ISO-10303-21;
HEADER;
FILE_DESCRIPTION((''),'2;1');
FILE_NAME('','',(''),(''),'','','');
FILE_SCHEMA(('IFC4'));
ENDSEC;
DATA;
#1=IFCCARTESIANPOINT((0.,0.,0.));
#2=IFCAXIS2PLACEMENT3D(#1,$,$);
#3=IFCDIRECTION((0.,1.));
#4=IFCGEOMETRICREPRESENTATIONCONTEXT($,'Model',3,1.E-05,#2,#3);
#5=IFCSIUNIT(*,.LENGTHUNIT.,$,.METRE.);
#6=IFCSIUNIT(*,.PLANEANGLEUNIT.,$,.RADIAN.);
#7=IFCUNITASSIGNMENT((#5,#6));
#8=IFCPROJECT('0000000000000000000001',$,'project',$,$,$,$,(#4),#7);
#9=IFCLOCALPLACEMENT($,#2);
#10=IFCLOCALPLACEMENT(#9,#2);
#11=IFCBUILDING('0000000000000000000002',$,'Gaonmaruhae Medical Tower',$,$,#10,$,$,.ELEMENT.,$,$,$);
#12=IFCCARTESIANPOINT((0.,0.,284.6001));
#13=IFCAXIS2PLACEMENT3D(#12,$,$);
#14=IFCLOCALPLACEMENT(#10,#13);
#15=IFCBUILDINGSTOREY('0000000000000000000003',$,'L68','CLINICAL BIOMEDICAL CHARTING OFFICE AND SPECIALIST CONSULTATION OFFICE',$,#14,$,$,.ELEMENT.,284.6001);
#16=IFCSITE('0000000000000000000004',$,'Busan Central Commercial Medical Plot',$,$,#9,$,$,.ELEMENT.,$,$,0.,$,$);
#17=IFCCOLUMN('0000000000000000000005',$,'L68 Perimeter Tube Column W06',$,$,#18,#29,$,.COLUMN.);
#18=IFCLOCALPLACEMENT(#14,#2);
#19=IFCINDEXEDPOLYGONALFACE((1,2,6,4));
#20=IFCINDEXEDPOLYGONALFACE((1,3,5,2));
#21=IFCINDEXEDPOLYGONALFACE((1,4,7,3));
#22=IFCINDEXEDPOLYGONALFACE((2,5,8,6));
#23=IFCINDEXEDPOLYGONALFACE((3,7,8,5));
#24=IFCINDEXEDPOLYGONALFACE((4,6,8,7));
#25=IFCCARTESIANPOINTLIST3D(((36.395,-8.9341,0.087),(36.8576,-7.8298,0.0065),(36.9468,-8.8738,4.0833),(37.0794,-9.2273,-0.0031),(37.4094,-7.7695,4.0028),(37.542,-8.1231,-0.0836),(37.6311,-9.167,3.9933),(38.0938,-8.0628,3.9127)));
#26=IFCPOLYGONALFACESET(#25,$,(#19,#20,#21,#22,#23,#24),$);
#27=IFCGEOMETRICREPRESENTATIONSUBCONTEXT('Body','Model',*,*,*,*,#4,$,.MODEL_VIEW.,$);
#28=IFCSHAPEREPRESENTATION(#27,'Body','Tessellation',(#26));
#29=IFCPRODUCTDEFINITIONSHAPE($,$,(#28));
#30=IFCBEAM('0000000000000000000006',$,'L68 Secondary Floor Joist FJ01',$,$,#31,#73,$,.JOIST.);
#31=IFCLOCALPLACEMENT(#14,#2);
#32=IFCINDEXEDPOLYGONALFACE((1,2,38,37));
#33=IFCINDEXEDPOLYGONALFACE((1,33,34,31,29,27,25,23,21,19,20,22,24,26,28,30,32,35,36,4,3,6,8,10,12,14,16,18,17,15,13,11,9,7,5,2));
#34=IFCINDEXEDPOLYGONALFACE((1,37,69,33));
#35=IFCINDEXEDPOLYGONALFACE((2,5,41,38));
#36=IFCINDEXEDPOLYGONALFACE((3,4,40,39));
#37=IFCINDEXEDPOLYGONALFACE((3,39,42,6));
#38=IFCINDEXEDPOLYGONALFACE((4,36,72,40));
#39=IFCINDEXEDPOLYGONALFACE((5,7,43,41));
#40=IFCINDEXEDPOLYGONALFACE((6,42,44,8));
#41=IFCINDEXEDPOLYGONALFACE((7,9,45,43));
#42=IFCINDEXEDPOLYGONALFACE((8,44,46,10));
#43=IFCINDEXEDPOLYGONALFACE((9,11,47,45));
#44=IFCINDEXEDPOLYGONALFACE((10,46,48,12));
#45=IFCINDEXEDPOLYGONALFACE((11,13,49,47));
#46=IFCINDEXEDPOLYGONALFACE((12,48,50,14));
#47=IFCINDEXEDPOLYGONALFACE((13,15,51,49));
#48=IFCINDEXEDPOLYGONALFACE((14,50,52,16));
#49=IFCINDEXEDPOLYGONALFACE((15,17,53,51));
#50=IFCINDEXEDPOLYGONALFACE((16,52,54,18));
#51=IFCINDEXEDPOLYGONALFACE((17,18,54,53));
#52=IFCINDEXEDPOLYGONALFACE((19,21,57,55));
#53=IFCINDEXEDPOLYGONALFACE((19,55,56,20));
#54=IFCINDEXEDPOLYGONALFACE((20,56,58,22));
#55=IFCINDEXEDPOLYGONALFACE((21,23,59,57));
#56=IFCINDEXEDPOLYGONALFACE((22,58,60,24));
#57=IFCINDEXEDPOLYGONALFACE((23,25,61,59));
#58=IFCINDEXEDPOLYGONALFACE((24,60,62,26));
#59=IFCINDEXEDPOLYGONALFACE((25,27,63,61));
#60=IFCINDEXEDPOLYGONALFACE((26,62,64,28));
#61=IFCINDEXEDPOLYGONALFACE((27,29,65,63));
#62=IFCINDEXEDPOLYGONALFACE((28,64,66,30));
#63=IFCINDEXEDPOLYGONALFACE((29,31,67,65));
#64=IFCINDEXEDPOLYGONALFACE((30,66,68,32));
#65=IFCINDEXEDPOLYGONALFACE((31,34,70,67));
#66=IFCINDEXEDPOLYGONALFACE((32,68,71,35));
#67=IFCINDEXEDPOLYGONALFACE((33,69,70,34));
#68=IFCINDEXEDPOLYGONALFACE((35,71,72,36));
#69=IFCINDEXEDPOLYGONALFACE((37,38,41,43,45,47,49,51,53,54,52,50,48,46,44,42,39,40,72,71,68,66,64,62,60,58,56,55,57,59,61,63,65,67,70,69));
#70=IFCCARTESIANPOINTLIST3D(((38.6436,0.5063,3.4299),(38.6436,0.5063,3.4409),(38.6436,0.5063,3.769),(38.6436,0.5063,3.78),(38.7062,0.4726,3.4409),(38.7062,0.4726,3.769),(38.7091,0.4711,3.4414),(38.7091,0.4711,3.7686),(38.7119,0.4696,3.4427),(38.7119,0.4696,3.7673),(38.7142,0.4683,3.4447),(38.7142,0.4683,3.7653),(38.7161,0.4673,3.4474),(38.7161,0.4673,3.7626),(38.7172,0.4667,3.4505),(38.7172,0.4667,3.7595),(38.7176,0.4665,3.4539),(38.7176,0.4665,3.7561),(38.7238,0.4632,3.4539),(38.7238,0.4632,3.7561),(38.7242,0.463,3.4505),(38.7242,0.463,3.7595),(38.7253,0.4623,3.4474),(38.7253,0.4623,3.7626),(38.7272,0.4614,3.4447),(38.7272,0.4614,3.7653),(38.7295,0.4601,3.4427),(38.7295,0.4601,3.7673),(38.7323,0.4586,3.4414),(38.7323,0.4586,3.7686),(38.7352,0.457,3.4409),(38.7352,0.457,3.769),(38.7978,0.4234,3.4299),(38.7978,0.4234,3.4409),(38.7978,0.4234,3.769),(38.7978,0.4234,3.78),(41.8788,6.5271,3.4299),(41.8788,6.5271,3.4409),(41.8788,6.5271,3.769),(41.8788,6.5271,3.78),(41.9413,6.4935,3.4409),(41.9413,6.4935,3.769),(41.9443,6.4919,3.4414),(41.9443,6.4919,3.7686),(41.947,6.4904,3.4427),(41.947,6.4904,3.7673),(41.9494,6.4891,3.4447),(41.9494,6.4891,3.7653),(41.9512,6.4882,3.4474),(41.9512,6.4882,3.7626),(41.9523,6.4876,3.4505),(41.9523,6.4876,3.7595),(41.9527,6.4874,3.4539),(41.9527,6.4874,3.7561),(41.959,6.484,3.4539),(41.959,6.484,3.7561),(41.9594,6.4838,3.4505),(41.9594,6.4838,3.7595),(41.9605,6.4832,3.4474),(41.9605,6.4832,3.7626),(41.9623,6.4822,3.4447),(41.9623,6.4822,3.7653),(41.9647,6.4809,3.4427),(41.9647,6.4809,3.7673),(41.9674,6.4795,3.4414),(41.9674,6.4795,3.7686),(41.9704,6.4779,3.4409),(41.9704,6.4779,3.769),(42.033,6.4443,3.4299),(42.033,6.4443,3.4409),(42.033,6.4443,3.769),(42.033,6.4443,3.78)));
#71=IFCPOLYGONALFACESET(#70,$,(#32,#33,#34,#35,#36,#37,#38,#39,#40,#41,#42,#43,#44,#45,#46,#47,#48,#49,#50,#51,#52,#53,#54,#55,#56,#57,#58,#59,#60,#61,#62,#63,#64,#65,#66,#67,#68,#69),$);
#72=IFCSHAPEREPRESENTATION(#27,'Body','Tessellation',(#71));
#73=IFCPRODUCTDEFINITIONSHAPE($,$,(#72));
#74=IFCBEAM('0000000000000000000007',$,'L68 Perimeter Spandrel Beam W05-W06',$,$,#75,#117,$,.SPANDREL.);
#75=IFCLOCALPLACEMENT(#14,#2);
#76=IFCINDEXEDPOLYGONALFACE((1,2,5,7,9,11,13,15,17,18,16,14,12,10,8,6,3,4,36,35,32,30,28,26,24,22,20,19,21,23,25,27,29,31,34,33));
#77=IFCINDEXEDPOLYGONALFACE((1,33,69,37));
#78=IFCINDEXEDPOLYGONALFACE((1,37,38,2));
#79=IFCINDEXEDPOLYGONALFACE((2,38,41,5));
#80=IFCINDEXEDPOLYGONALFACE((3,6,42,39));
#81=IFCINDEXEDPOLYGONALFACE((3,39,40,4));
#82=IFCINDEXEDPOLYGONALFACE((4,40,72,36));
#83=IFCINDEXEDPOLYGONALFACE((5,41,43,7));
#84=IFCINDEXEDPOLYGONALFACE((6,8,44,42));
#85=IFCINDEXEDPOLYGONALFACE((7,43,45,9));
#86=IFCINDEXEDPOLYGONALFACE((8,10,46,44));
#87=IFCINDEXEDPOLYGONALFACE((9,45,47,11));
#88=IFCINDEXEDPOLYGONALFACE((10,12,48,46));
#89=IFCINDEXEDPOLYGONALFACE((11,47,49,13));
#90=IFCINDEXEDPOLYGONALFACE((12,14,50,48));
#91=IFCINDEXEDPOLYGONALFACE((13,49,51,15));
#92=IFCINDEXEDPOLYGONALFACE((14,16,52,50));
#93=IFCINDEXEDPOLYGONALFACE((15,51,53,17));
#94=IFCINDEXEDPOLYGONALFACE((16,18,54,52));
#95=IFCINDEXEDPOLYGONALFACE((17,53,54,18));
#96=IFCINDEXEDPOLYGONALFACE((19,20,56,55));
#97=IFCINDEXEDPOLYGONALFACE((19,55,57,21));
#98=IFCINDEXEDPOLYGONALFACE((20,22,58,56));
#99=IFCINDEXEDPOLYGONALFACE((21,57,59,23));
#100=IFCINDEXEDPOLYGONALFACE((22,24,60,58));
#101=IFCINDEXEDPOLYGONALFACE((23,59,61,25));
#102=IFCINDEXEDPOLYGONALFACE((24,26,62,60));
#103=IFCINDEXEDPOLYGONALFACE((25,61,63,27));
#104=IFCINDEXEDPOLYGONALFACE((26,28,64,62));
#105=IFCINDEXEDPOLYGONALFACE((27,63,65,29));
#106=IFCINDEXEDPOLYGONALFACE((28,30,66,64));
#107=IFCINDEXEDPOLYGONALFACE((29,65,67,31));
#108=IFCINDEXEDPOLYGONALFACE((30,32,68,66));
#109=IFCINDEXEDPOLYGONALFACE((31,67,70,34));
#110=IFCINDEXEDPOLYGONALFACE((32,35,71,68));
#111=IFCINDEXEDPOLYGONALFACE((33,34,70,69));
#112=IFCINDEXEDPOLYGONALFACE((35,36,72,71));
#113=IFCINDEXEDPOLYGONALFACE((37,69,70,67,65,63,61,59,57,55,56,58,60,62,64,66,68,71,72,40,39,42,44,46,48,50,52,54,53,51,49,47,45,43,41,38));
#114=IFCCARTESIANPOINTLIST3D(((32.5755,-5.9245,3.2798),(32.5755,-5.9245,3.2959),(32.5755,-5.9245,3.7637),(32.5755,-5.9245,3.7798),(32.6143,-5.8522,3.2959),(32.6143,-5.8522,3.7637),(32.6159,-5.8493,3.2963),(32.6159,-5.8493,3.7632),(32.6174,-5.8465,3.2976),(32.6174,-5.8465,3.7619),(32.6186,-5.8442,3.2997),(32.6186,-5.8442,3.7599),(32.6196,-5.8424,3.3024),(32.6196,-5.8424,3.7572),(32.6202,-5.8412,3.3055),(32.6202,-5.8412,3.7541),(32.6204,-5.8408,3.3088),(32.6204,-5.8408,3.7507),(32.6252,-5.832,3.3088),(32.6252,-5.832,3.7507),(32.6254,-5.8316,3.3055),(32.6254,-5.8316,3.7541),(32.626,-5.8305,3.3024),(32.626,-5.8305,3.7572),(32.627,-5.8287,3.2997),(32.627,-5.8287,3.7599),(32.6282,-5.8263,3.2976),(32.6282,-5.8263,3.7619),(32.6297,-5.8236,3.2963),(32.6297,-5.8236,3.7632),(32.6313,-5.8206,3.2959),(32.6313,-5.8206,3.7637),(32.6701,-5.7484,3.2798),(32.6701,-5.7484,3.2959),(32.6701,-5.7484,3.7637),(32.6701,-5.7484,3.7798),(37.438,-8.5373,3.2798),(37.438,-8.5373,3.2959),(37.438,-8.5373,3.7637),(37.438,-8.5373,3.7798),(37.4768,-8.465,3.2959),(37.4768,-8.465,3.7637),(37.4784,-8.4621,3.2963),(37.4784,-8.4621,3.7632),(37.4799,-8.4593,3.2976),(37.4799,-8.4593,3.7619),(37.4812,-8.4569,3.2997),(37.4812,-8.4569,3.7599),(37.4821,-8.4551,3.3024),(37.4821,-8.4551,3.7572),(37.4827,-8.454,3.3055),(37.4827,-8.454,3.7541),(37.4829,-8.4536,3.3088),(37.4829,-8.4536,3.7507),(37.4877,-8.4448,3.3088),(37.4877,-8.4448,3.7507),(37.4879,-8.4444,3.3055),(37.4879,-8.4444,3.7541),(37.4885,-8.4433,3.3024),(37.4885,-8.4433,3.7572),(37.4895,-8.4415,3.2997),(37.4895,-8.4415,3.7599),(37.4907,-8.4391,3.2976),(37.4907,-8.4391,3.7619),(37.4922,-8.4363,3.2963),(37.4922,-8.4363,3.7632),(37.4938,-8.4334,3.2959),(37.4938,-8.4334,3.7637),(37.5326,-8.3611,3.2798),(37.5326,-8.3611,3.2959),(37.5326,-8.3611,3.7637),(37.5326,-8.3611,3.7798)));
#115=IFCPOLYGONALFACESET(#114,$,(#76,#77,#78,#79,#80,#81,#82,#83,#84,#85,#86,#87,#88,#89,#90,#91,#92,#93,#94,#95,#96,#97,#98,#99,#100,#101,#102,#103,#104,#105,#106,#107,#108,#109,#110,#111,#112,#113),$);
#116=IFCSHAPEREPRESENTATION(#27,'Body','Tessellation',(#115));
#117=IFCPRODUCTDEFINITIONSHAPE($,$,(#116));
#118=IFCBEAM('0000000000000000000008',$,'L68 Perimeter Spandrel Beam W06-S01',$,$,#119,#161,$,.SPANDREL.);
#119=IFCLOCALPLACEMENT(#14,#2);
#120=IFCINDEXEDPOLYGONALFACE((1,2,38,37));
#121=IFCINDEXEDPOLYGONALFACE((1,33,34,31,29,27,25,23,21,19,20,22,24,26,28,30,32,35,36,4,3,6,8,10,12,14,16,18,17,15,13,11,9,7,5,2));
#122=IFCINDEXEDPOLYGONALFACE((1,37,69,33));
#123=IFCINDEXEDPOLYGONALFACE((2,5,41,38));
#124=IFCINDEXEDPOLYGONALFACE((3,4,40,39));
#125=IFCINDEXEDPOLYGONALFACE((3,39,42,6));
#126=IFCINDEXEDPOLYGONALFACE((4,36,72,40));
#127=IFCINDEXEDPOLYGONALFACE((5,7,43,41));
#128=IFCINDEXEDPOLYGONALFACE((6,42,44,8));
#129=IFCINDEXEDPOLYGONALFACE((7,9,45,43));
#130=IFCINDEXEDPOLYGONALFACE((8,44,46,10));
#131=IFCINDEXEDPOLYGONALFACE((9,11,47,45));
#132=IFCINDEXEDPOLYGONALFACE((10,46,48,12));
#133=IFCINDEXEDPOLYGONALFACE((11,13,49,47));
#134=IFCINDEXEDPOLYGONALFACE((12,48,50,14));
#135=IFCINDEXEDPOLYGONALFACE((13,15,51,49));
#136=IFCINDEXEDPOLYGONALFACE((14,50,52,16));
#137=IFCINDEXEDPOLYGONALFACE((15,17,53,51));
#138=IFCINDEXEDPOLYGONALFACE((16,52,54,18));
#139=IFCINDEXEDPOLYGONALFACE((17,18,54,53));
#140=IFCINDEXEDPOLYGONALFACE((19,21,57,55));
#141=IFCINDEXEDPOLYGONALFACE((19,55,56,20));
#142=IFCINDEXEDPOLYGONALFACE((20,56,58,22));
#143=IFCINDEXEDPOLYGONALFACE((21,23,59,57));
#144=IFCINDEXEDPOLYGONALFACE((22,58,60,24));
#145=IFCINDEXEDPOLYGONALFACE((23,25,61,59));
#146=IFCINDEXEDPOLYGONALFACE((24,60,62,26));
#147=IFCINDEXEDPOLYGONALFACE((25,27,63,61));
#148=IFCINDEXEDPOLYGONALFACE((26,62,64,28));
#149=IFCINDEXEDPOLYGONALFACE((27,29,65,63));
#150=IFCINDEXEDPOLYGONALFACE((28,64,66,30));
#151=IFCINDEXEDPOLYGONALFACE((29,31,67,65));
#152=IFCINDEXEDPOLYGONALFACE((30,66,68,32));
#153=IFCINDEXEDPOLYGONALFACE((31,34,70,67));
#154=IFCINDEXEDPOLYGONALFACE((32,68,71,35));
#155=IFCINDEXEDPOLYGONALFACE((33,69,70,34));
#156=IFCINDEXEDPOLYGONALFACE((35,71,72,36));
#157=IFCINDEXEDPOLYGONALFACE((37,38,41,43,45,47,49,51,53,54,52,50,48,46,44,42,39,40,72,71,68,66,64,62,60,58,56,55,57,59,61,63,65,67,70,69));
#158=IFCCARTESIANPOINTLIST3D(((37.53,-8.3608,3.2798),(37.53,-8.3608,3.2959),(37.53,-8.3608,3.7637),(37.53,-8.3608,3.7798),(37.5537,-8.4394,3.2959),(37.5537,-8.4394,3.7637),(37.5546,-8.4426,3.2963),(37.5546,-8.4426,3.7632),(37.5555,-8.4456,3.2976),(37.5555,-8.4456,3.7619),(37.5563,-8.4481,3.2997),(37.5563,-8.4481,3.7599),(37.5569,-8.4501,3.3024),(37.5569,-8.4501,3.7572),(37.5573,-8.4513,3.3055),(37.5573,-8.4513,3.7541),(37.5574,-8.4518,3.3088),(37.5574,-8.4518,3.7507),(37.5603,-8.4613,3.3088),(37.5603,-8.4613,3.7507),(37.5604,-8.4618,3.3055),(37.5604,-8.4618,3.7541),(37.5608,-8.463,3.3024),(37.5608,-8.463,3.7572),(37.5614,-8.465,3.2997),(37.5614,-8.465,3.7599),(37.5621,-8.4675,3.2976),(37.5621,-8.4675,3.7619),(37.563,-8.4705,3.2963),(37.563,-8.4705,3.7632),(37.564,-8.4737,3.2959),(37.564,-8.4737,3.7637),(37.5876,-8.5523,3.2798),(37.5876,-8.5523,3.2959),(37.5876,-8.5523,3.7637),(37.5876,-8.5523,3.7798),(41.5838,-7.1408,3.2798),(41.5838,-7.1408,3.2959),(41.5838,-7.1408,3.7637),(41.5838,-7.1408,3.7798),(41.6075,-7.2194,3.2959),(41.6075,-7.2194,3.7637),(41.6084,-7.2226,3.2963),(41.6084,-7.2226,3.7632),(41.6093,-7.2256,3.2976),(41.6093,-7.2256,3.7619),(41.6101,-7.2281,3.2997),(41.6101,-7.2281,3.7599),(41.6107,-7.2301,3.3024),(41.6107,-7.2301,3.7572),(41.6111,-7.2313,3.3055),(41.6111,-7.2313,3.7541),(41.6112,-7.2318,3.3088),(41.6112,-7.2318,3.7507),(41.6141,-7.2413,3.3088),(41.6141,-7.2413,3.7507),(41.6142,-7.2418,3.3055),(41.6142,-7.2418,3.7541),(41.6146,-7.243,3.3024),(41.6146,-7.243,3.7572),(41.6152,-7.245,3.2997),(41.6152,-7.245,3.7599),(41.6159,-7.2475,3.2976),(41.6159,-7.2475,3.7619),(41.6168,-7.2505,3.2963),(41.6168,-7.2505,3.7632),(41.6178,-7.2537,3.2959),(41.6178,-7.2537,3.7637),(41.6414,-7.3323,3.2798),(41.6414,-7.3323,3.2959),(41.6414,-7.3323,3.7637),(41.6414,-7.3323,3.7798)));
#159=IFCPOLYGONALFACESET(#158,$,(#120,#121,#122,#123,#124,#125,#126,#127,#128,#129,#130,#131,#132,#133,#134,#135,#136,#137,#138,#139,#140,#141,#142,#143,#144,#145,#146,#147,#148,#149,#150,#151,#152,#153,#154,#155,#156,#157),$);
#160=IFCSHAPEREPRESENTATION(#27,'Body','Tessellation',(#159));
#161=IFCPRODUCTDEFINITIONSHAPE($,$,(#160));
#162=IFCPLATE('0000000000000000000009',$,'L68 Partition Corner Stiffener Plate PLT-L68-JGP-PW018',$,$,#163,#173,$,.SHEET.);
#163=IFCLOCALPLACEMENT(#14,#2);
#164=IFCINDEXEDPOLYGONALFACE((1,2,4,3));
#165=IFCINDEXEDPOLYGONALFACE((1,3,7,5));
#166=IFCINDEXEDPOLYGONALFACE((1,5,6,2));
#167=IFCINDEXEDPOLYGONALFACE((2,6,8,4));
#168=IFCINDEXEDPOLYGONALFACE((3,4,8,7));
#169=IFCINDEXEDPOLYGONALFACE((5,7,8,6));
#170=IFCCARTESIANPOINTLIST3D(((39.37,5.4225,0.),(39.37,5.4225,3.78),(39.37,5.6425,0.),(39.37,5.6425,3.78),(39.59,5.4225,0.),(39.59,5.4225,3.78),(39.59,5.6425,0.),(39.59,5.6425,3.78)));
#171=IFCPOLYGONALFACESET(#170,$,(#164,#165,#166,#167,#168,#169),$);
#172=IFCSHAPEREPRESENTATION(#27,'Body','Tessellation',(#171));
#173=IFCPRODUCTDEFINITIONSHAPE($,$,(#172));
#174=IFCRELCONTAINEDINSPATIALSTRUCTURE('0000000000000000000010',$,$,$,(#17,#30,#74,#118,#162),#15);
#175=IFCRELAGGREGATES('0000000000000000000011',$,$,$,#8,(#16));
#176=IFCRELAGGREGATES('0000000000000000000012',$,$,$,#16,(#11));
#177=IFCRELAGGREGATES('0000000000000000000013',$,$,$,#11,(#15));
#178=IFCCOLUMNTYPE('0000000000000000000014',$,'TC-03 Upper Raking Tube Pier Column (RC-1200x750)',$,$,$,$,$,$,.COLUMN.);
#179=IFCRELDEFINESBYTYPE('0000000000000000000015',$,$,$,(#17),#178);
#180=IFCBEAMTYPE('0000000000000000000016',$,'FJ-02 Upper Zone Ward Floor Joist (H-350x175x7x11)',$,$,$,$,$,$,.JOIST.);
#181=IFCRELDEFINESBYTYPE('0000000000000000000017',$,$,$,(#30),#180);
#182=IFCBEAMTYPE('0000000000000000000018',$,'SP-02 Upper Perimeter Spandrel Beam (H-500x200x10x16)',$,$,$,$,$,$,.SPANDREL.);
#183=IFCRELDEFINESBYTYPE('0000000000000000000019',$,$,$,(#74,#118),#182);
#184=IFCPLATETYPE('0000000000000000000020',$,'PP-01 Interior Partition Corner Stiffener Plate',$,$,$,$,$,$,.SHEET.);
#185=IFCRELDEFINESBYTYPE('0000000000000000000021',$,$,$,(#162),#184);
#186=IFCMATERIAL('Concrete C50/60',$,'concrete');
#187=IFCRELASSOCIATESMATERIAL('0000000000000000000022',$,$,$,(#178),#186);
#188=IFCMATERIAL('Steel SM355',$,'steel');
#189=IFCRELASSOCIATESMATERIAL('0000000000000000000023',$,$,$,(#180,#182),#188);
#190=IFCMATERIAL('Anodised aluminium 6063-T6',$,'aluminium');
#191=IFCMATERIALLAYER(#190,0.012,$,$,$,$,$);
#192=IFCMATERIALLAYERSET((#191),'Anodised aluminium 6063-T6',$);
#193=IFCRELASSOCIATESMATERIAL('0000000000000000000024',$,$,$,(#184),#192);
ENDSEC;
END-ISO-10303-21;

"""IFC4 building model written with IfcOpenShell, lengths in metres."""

from ifc_helpers import new_model, si_unit, direction, frame, origin, origin_2d, place, context, subcontext, project, spatial, rectangle, i_section, extrude, material, layer, layer_set, material_profile, profile_set, type_object, element, save


model = new_model("IFC4")

# Units and contexts
model_context = context("Model", 3, precision=1e-05, world=origin(), true_north=direction((0.0, 1.0)))
body_context = subcontext(model_context, "Body", "Model", "MODEL_VIEW")
ifc_project = project(units=[si_unit("LENGTHUNIT", "METRE"), si_unit("PLANEANGLEUNIT", "RADIAN")], contexts=[model_context])

# Site, building, storey
site_placement = place(None, origin())
site = spatial("IfcSite", under=ifc_project, at=site_placement, Name="Busan Central Commercial Medical Plot", CompositionType="ELEMENT", RefElevation=0.0)
building_placement = place(site_placement, origin())
building = spatial("IfcBuilding", under=site, at=building_placement, Name="Gaonmaruhae Medical Tower", CompositionType="ELEMENT")
storey_placement = place(building_placement, frame((0.0, 0.0, 284.6001)))
storey = spatial("IfcBuildingStorey", under=building, at=storey_placement, Name="L68", Description="CLINICAL BIOMEDICAL CHARTING OFFICE AND SPECIALIST CONSULTATION OFFICE", CompositionType="ELEMENT", Elevation=284.6001)

# Column
ifc_material_1 = material(Name="Concrete C50/60", Category="concrete")
ifc_material_profile_1 = material_profile(ifc_material_1, rectangle(XDim=1.2, YDim=0.75, at=origin_2d()), Name="RC-1200x750")
ifc_profile_set_1 = profile_set([ifc_material_profile_1], Name="Concrete C50/60")
column_type = type_object("IfcColumnType", Name="TC-03 Upper Raking Tube Pier Column (RC-1200x750)", PredefinedType="COLUMN", material=ifc_profile_set_1)
column_placement = place(storey_placement, frame((36.9685, -8.5286, 0.0017), z_axis=(0.136753, 0.014946, 0.990492), x_axis=(-0.385522, -0.920255, 0.067114)))
element("IfcColumn", 1, at=column_placement, inside=storey, type_object=column_type, Name="L68 Perimeter Tube Column W06", PredefinedType="COLUMN", context=body_context, shape_type="SweptSolid", body=[
    extrude(rectangle(XDim=1.2, YDim=0.75, at=origin_2d()), origin(), (0.0, 0.0, 1.0), 4.0347),
])

# Beams
ifc_material_2 = material(Name="Steel SM355", Category="steel")
ifc_material_profile_2 = material_profile(ifc_material_2, i_section(OverallWidth=0.175, OverallDepth=0.3501, WebThickness=0.0071, FlangeThickness=0.011, FilletRadius=0.0129, at=origin_2d()), Name="H-350x175x7x11")
ifc_profile_set_2 = profile_set([ifc_material_profile_2], Name="Steel SM355")
beam_type_1 = type_object("IfcBeamType", Name="FJ-02 Upper Zone Ward Floor Joist (H-350x175x7x11)", PredefinedType="JOIST", material=ifc_profile_set_2)
beam_1_placement = place(storey_placement, frame((38.7207, 0.4648, 3.605), z_axis=(0.473324, 0.880888, 0.0), x_axis=(-0.880888, 0.473324, 0.0)))
element("IfcBeam", 2, at=beam_1_placement, inside=storey, type_object=beam_type_1, Name="L68 Secondary Floor Joist FJ01", PredefinedType="JOIST", context=body_context, shape_type="SweptSolid", body=[
    extrude(i_section(OverallWidth=0.175, OverallDepth=0.3501, WebThickness=0.0071, FlangeThickness=0.011, FilletRadius=0.0129, at=origin_2d()), origin(), (0.0, 0.0, 1.0), 6.835),
])
ifc_material_profile_3 = material_profile(ifc_material_2, i_section(OverallWidth=0.2, OverallDepth=0.5, WebThickness=0.01, FlangeThickness=0.0161, FilletRadius=0.0129, at=origin_2d()), Name="H-500x200x10x16")
ifc_profile_set_3 = profile_set([ifc_material_profile_3], Name="Steel SM355")
beam_type_2 = type_object("IfcBeamType", Name="SP-02 Upper Perimeter Spandrel Beam (H-500x200x10x16)", PredefinedType="SPANDREL", material=ifc_profile_set_3)
beam_2_placement = place(storey_placement, frame((32.6228, -5.8364, 3.5298), z_axis=(0.880887, -0.473327, 0.0), x_axis=(0.473327, 0.880887, 0.0)))
element("IfcBeam", 3, at=beam_2_placement, inside=storey, type_object=beam_type_2, Name="L68 Perimeter Spandrel Beam W05-W06", PredefinedType="SPANDREL", context=body_context, shape_type="SweptSolid", body=[
    extrude(i_section(OverallWidth=0.2, OverallDepth=0.5, WebThickness=0.01, FlangeThickness=0.0161, FilletRadius=0.0129, at=origin_2d()), origin(), (0.0, 0.0, 1.0), 5.52),
])
beam_3_placement = place(storey_placement, frame((37.5588, -8.4565, 3.5298), z_axis=(0.957575, 0.288184, 0.0), x_axis=(-0.288184, 0.957575, 0.0)))
element("IfcBeam", 4, at=beam_3_placement, inside=storey, type_object=beam_type_2, Name="L68 Perimeter Spandrel Beam W06-S01", PredefinedType="SPANDREL", context=body_context, shape_type="SweptSolid", body=[
    extrude(i_section(OverallWidth=0.2, OverallDepth=0.5, WebThickness=0.01, FlangeThickness=0.0161, FilletRadius=0.0129, at=origin_2d()), origin(), (0.0, 0.0, 1.0), 4.2334),
])

# Plate
ifc_material_3 = material(Name="Anodised aluminium 6063-T6", Category="aluminium")
ifc_layer_1 = layer(ifc_material_3, 0.012)
ifc_layer_set_1 = layer_set([ifc_layer_1], Name="Anodised aluminium 6063-T6")
plate_type = type_object("IfcPlateType", Name="PP-01 Interior Partition Corner Stiffener Plate", PredefinedType="SHEET", material=ifc_layer_set_1)
plate_placement = place(storey_placement, frame((39.48, 5.5325, 0.0), z_axis=(0.0, 0.0, 1.0), x_axis=(0.0, 1.0, 0.0)))
element("IfcPlate", 5, at=plate_placement, inside=storey, type_object=plate_type, Name="L68 Partition Corner Stiffener Plate PLT-L68-JGP-PW018", PredefinedType="SHEET", context=body_context, shape_type="SweptSolid", body=[
    extrude(rectangle(XDim=0.22, YDim=0.22, at=origin_2d()), origin(), (0.0, 0.0, 1.0), 3.78),
])

save(model, "model.ifc")
